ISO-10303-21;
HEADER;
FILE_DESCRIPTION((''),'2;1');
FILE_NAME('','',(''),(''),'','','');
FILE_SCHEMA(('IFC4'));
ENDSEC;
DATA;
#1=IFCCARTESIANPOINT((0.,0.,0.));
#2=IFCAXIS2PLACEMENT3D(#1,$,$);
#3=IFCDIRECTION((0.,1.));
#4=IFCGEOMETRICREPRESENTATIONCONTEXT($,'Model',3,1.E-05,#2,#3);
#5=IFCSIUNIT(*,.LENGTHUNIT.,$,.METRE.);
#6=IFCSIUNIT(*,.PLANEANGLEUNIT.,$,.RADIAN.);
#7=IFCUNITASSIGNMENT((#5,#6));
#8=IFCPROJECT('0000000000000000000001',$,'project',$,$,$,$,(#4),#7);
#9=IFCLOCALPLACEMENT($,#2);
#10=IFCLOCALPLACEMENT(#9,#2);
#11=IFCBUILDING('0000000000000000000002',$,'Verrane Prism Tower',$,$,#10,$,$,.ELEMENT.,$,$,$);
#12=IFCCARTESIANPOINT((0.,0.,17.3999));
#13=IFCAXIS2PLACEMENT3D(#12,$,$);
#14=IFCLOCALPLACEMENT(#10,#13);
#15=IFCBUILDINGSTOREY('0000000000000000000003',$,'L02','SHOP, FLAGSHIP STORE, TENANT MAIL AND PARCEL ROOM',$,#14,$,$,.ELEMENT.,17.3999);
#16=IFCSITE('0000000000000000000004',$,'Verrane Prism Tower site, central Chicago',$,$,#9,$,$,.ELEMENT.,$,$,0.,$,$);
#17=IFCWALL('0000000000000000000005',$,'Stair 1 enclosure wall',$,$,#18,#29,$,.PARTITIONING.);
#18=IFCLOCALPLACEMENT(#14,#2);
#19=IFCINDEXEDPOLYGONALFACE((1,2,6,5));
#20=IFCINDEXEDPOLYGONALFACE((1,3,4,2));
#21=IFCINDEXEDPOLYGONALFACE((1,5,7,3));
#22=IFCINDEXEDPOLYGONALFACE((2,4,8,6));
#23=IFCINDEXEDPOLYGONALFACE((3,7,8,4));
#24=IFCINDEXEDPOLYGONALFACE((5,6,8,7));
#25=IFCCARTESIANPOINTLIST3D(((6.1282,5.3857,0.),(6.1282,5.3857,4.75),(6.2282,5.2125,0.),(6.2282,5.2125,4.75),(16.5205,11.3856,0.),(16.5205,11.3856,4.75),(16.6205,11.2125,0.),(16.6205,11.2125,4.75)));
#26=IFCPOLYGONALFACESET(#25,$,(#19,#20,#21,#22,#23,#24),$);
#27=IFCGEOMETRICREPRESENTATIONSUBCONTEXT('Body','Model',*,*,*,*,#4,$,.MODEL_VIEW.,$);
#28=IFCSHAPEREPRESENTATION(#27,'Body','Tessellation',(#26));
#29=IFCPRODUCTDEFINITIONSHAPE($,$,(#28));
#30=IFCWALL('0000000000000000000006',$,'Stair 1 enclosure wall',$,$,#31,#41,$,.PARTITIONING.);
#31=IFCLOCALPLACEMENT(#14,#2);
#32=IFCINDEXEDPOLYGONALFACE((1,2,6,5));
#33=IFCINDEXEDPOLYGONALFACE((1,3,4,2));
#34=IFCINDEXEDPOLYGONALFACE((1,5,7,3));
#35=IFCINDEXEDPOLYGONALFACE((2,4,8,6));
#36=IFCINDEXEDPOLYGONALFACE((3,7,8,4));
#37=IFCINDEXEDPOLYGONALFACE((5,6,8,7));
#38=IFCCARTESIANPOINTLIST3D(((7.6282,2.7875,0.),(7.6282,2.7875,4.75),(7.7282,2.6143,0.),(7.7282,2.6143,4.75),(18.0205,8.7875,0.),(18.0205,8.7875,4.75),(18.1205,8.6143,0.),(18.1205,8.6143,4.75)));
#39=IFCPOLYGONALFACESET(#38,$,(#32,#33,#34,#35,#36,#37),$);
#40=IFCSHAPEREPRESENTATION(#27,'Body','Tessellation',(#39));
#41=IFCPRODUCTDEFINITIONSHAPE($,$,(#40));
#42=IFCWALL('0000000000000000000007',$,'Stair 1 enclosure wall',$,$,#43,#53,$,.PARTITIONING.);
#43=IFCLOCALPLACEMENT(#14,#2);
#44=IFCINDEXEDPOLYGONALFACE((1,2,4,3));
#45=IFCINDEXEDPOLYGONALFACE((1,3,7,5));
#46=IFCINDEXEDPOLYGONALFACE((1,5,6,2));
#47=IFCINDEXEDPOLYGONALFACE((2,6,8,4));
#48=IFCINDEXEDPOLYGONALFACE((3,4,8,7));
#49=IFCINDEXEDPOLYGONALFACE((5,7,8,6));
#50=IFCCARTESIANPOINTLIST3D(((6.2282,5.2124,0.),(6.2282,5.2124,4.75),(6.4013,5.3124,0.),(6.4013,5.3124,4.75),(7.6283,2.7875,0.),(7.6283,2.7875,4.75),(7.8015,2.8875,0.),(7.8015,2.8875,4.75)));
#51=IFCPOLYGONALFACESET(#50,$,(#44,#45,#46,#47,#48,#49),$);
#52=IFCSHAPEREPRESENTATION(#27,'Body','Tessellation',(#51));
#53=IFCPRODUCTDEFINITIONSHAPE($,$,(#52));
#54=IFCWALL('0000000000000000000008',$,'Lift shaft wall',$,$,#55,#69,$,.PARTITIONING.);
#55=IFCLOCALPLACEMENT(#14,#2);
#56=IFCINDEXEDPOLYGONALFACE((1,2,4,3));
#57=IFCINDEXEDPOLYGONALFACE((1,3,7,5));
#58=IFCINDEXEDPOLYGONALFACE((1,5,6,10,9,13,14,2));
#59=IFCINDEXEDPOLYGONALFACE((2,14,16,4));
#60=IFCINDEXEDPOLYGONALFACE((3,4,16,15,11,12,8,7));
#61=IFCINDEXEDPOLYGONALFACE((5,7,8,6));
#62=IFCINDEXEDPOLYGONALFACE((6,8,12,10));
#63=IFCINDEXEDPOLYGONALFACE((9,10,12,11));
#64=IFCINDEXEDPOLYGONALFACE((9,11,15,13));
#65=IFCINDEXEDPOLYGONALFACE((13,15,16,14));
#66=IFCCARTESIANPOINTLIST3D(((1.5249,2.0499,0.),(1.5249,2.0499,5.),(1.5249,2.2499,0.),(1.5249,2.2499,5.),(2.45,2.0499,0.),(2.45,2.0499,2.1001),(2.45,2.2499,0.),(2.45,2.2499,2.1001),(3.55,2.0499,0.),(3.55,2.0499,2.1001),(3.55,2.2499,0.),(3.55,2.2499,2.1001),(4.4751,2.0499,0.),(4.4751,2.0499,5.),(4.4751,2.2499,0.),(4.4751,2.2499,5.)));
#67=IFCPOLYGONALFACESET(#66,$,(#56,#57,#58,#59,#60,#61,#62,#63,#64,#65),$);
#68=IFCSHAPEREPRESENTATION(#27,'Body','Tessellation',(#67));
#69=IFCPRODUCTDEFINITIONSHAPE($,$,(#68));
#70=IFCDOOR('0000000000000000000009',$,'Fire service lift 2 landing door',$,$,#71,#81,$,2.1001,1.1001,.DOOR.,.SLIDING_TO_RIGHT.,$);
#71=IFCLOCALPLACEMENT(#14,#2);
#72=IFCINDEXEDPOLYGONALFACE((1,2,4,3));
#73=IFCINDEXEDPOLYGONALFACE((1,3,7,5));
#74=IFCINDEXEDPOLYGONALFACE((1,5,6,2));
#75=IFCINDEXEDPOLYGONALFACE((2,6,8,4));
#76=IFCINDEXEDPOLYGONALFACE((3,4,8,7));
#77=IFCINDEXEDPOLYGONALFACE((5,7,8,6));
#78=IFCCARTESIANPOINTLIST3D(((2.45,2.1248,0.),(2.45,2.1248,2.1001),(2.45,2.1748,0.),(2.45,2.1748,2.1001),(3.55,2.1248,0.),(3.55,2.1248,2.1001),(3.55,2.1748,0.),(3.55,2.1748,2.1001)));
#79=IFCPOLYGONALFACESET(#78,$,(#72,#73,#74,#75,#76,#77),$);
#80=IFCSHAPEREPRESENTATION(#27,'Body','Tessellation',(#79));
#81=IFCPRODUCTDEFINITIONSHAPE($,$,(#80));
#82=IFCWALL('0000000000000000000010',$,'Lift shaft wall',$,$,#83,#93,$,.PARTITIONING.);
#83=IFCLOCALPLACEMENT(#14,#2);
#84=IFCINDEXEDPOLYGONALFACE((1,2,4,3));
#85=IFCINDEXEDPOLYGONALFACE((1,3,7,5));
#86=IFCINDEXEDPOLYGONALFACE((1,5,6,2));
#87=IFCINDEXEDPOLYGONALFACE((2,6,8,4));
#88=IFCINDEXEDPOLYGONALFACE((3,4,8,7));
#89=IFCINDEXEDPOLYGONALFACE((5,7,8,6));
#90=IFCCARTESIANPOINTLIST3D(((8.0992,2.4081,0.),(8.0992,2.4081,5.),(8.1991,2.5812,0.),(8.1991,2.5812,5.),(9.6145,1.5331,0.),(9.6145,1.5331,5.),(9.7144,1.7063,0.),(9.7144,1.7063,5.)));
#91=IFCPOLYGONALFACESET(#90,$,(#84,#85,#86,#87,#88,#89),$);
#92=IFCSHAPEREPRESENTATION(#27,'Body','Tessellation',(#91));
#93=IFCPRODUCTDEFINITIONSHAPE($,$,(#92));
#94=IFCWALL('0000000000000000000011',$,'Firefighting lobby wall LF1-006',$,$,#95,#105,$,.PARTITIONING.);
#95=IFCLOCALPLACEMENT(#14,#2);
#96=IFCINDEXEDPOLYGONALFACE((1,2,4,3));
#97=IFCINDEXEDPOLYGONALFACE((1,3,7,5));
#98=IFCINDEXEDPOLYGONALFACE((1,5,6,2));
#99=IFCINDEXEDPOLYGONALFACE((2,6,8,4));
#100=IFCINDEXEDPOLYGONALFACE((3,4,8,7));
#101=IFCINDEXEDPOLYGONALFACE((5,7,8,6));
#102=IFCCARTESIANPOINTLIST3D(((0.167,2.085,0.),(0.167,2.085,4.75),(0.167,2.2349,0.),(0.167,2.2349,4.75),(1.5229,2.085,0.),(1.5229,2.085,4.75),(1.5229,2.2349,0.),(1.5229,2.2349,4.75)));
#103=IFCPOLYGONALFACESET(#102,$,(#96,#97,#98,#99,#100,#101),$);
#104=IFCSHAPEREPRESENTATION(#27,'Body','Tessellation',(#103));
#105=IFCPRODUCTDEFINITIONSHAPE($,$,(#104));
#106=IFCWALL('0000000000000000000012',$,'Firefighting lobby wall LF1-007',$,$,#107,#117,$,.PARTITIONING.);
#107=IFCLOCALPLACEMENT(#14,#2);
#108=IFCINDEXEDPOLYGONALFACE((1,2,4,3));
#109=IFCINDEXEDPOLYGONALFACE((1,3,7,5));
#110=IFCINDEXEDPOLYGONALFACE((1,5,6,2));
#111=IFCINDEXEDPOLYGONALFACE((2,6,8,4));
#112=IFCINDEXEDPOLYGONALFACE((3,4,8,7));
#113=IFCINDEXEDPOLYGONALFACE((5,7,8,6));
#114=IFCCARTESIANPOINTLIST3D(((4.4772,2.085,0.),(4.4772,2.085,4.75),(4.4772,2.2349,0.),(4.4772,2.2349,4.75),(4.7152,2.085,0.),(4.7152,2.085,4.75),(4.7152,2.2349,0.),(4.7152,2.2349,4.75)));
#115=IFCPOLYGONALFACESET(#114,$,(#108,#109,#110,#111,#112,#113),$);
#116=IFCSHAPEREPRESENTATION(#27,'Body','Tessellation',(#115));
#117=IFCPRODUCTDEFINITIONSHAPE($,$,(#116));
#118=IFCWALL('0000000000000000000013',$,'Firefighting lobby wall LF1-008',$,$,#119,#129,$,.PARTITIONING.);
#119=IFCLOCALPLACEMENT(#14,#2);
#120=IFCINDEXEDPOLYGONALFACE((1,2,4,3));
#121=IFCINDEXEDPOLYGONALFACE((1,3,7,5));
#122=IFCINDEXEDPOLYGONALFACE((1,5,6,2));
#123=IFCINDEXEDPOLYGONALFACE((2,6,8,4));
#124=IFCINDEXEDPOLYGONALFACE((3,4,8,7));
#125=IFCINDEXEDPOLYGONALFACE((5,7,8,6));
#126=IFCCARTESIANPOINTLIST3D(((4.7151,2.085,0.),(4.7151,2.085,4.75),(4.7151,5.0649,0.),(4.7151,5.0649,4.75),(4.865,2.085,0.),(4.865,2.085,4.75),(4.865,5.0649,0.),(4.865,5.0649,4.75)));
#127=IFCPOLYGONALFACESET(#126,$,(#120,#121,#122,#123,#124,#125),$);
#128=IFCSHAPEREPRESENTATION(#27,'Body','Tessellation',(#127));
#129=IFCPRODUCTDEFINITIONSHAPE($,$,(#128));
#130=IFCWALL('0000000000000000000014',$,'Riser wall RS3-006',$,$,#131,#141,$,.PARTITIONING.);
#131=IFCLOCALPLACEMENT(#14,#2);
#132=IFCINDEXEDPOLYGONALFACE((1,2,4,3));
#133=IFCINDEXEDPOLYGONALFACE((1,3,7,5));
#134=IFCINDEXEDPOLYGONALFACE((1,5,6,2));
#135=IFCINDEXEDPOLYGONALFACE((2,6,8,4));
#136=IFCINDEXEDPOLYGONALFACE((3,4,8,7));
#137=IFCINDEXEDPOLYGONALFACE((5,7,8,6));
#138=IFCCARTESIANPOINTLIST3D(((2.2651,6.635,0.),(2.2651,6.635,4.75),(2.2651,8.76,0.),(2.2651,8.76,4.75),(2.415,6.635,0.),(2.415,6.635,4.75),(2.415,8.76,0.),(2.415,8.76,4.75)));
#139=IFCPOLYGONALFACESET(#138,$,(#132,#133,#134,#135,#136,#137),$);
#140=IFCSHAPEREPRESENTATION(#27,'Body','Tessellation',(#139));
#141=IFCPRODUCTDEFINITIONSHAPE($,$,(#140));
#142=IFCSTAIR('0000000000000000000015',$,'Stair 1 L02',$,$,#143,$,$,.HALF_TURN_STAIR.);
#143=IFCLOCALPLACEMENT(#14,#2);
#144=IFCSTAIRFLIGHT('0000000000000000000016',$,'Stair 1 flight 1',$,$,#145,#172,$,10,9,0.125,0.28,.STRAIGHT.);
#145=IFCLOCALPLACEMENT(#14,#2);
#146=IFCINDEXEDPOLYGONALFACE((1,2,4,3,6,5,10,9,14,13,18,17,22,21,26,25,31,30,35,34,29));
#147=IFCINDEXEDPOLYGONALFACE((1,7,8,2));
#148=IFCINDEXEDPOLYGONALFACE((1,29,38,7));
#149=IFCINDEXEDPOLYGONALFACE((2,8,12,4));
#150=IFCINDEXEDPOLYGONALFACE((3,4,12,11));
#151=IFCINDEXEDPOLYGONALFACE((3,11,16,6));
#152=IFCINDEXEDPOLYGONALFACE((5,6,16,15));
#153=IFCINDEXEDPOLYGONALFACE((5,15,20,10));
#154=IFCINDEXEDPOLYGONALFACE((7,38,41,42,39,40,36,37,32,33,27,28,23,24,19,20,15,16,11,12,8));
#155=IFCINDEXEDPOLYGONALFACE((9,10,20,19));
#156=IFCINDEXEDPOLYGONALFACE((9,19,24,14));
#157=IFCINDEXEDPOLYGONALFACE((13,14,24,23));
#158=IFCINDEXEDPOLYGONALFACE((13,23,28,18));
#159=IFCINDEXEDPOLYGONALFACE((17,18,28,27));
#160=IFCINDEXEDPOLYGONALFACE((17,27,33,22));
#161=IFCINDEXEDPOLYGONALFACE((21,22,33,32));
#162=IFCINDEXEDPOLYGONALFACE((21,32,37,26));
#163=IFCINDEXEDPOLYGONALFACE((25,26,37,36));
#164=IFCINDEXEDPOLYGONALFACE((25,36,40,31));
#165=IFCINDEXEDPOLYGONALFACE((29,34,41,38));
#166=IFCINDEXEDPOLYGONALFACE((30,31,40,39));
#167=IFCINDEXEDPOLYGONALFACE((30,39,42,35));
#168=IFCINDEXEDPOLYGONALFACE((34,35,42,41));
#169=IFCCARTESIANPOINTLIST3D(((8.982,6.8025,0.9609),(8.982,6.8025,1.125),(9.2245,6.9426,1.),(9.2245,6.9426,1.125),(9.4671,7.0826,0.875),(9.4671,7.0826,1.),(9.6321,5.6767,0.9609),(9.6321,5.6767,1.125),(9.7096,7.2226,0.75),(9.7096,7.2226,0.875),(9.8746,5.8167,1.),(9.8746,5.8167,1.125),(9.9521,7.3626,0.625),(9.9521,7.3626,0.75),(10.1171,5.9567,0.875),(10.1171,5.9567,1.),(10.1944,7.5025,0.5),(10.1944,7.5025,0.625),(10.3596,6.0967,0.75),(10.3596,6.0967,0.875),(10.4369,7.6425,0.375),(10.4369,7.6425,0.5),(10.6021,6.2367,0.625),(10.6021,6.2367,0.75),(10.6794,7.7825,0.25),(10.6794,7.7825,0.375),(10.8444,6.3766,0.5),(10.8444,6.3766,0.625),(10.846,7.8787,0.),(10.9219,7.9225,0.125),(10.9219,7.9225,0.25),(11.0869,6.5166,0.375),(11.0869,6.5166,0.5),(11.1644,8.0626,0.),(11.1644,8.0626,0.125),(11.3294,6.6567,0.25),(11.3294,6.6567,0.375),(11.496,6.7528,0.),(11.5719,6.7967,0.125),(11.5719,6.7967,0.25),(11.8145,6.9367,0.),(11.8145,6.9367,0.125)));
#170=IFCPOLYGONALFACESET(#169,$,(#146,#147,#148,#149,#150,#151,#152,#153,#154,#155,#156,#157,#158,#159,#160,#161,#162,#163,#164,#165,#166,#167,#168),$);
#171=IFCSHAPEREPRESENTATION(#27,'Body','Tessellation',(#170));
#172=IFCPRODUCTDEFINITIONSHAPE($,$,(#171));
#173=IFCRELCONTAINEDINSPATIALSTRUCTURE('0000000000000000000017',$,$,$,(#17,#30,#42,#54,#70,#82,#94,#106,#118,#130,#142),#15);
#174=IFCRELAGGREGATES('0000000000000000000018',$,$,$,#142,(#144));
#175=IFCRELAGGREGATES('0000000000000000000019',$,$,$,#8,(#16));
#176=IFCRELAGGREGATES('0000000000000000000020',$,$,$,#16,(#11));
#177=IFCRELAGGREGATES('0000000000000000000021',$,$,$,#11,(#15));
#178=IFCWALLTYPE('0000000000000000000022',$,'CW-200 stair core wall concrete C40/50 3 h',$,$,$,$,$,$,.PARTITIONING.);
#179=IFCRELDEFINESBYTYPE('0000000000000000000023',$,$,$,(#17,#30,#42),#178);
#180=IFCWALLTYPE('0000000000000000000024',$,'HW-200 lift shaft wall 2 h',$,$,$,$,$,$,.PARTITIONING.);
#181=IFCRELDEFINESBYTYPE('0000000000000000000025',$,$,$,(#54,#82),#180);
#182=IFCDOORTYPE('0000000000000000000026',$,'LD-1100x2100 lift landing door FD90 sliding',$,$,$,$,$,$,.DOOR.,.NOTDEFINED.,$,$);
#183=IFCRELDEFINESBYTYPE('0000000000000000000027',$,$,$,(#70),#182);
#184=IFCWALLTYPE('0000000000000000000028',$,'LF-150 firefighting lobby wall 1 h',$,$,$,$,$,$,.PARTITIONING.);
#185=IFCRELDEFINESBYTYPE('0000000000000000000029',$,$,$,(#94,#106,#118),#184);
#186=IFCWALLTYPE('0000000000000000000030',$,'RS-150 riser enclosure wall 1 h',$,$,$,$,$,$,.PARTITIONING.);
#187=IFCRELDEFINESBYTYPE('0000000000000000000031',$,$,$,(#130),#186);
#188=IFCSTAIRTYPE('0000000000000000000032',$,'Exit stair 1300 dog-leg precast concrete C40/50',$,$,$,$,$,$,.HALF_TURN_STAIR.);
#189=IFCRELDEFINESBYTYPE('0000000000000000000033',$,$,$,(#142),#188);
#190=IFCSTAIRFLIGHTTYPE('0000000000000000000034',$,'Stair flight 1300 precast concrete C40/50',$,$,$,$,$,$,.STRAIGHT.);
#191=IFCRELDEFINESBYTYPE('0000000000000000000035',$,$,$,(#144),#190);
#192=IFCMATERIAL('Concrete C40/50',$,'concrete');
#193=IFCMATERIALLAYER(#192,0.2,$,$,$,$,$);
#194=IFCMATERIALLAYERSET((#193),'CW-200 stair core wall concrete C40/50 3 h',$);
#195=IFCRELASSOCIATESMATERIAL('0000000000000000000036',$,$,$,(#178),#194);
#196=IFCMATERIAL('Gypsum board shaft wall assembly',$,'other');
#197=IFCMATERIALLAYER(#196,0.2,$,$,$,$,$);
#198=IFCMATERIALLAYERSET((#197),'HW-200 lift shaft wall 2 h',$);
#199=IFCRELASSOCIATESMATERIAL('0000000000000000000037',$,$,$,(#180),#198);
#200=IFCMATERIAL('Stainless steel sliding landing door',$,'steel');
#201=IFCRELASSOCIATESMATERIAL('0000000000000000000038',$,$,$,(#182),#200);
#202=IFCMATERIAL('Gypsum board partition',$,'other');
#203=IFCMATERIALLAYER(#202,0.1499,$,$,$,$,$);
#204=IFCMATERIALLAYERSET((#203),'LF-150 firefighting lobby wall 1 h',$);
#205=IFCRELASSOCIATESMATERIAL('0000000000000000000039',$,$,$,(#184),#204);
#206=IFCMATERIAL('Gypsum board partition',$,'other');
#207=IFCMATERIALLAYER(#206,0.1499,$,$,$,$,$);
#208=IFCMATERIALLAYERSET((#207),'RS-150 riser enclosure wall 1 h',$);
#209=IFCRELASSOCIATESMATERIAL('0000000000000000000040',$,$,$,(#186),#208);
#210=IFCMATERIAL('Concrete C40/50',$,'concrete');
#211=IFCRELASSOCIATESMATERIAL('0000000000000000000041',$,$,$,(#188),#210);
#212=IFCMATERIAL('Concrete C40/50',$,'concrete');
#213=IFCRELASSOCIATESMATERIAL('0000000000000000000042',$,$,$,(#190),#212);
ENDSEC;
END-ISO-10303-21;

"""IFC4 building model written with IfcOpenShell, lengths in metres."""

from ifc_helpers import new_model, si_unit, direction, frame, frame_2d, origin, place, context, subcontext, project, spatial, polyline, rectangle, outline, extrude, material, layer, layer_set, type_object, element, fill, aggregate, save


model = new_model("IFC4")

# Units and contexts
model_context = context("Model", 3, precision=1e-05, world=origin(), true_north=direction((0.0, 1.0)))
body_context = subcontext(model_context, "Body", "Model", "MODEL_VIEW")
ifc_project = project(units=[si_unit("LENGTHUNIT", "METRE"), si_unit("PLANEANGLEUNIT", "RADIAN")], contexts=[model_context])

# Site, building, storey
site_placement = place(None, origin())
site = spatial("IfcSite", under=ifc_project, at=site_placement, Name="Verrane Prism Tower site, central Chicago", CompositionType="ELEMENT", RefElevation=0.0)
building_placement = place(site_placement, origin())
building = spatial("IfcBuilding", under=site, at=building_placement, Name="Verrane Prism Tower", CompositionType="ELEMENT")
storey_placement = place(building_placement, frame((0.0, 0.0, 17.3999)))
storey = spatial("IfcBuildingStorey", under=building, at=storey_placement, Name="L02", Description="SHOP, FLAGSHIP STORE, TENANT MAIL AND PARCEL ROOM", CompositionType="ELEMENT", Elevation=17.3999)

# Walls
ifc_material_1 = material(Name="Concrete C40/50", Category="concrete")
ifc_layer_1 = layer(ifc_material_1, 0.2)
ifc_layer_set_1 = layer_set([ifc_layer_1], Name="CW-200 stair core wall concrete C40/50 3 h")
wall_type_1 = type_object("IfcWallType", Name="CW-200 stair core wall concrete C40/50 3 h", PredefinedType="PARTITIONING", material=ifc_layer_set_1)
for number, where, z_axis, x_axis, name in (
    (1, (6.1782, 5.2991, 0.0), (0.0, 0.0, 1.0), (0.866026, 0.499999, 0.0), "Stair 1 enclosure wall"),
    (2, (7.6782, 2.7009, 0.0), (0.0, 0.0, 1.0), (0.866026, 0.499999, 0.0), "Stair 1 enclosure wall"),
):
    element("IfcWall", number, at=place(storey_placement, frame(where, z_axis=z_axis, x_axis=x_axis)), inside=storey, type_object=wall_type_1, Name=name, PredefinedType="PARTITIONING", context=body_context, shape_type="SweptSolid", body=[
        extrude(rectangle(XDim=12.0, YDim=0.2, at=frame_2d((6.0, 0.0))), origin(), (0.0, 0.0, 1.0), 4.75),
    ])
wall_1_placement = place(storey_placement, frame((7.7148, 2.8376, 0.0), z_axis=(0.0, 0.0, 1.0), x_axis=(-0.50005, 0.865997, 0.0)))
element("IfcWall", 3, at=wall_1_placement, inside=storey, type_object=wall_type_1, Name="Stair 1 enclosure wall", PredefinedType="PARTITIONING", context=body_context, shape_type="SweptSolid", body=[
    extrude(rectangle(XDim=2.8, YDim=0.2, at=frame_2d((1.3999, 0.0))), origin(), (0.0, 0.0, 1.0), 4.75),
])

# Wall, opening, door
ifc_material_2 = material(Name="Gypsum board shaft wall assembly", Category="other")
ifc_layer_2 = layer(ifc_material_2, 0.2)
ifc_layer_set_2 = layer_set([ifc_layer_2], Name="HW-200 lift shaft wall 2 h")
wall_type_2 = type_object("IfcWallType", Name="HW-200 lift shaft wall 2 h", PredefinedType="PARTITIONING", material=ifc_layer_set_2)
wall_2_placement = place(storey_placement, frame((1.5249, 2.1499, 0.0), z_axis=(0.0, 0.0, 1.0), x_axis=(1.0, 0.0, 0.0)))
wall_2 = element("IfcWall", 4, at=wall_2_placement, inside=storey, type_object=wall_type_2, Name="Lift shaft wall", PredefinedType="PARTITIONING", context=body_context, shape_type="SweptSolid", body=[
    extrude(rectangle(XDim=2.9502, YDim=0.2, at=frame_2d((1.4751, 0.0))), origin(), (0.0, 0.0, 1.0), 5.0),
])
opening_1_placement = place(wall_2_placement, frame((0.925, 0.0, 0.0)))
opening_1 = element("IfcOpeningElement", 5, at=opening_1_placement, cuts=wall_2, PredefinedType="OPENING", context=body_context, shape_type="SweptSolid", body=[
    extrude(rectangle(XDim=1.1001, YDim=2.1001, at=frame_2d((0.55, 1.05))), frame((0.0, 0.1099, 0.0), z_axis=(0.0, -1.0, 0.0), x_axis=(1.0, 0.0, 0.0)), (0.0, 0.0, 1.0), 0.22),
])
ifc_material_3 = material(Name="Stainless steel sliding landing door", Category="steel")
door_type_1 = type_object("IfcDoorType", Name="LD-1100x2100 lift landing door FD90 sliding", OperationType="NOTDEFINED", PredefinedType="DOOR", material=ifc_material_3)
door_1_placement = place(opening_1_placement, origin())
door_1 = element("IfcDoor", 6, at=door_1_placement, inside=storey, type_object=door_type_1, Name="Fire service lift 2 landing door", OperationType="SLIDING_TO_RIGHT", OverallHeight=2.1001, OverallWidth=1.1001, PredefinedType="DOOR", context=body_context, shape_type="SweptSolid", body=[
    extrude(rectangle(XDim=1.1001, YDim=2.1001, at=frame_2d((0.55, 1.05))), frame((0.0, 0.0249, 0.0), z_axis=(0.0, -1.0, 0.0), x_axis=(1.0, 0.0, 0.0)), (0.0, 0.0, 1.0), 0.05),
])
fill(opening_1, door_1)

# Walls
wall_3_placement = place(storey_placement, frame((9.6646, 1.6196, 0.0), z_axis=(0.0, 0.0, 1.0), x_axis=(-0.866002, 0.50004, 0.0)))
element("IfcWall", 7, at=wall_3_placement, inside=storey, type_object=wall_type_2, Name="Lift shaft wall", PredefinedType="PARTITIONING", context=body_context, shape_type="SweptSolid", body=[
    extrude(rectangle(XDim=1.7498, YDim=0.2, at=frame_2d((0.875, 0.0))), origin(), (0.0, 0.0, 1.0), 5.0),
])
ifc_material_4 = material(Name="Gypsum board partition", Category="other")
ifc_layer_3 = layer(ifc_material_4, 0.1499)
ifc_layer_set_3 = layer_set([ifc_layer_3], Name="LF-150 firefighting lobby wall 1 h")
wall_type_3 = type_object("IfcWallType", Name="LF-150 firefighting lobby wall 1 h", PredefinedType="PARTITIONING", material=ifc_layer_set_3)
wall_4_placement = place(storey_placement, frame((0.167, 2.1599, 0.0), z_axis=(0.0, 0.0, 1.0), x_axis=(1.0, 0.0, 0.0)))
element("IfcWall", 8, at=wall_4_placement, inside=storey, type_object=wall_type_3, Name="Firefighting lobby wall LF1-006", PredefinedType="PARTITIONING", context=body_context, shape_type="SweptSolid", body=[
    extrude(rectangle(XDim=1.356, YDim=0.1499, at=frame_2d((0.678, 0.0))), origin(), (0.0, 0.0, 1.0), 4.75),
])
wall_5_placement = place(storey_placement, frame((4.4771, 2.1599, 0.0), z_axis=(0.0, 0.0, 1.0), x_axis=(1.0, 0.0, 0.0)))
element("IfcWall", 9, at=wall_5_placement, inside=storey, type_object=wall_type_3, Name="Firefighting lobby wall LF1-007", PredefinedType="PARTITIONING", context=body_context, shape_type="SweptSolid", body=[
    extrude(rectangle(XDim=0.238, YDim=0.1499, at=frame_2d((0.1191, 0.0))), origin(), (0.0, 0.0, 1.0), 4.75),
])
wall_6_placement = place(storey_placement, frame((4.79, 2.085, 0.0), z_axis=(0.0, 0.0, 1.0), x_axis=(0.0, 1.0, 0.0)))
element("IfcWall", 10, at=wall_6_placement, inside=storey, type_object=wall_type_3, Name="Firefighting lobby wall LF1-008", PredefinedType="PARTITIONING", context=body_context, shape_type="SweptSolid", body=[
    extrude(rectangle(XDim=2.98, YDim=0.1499, at=frame_2d((1.49, 0.0))), origin(), (0.0, 0.0, 1.0), 4.75),
])
ifc_material_5 = material(Name="Gypsum board partition", Category="other")
ifc_layer_4 = layer(ifc_material_5, 0.1499)
ifc_layer_set_4 = layer_set([ifc_layer_4], Name="RS-150 riser enclosure wall 1 h")
wall_type_4 = type_object("IfcWallType", Name="RS-150 riser enclosure wall 1 h", PredefinedType="PARTITIONING", material=ifc_layer_set_4)
wall_7_placement = place(storey_placement, frame((2.3401, 6.635, 0.0), z_axis=(0.0, 0.0, 1.0), x_axis=(0.0, 1.0, 0.0)))
element("IfcWall", 11, at=wall_7_placement, inside=storey, type_object=wall_type_4, Name="Riser wall RS3-006", PredefinedType="PARTITIONING", context=body_context, shape_type="SweptSolid", body=[
    extrude(rectangle(XDim=2.125, YDim=0.1499, at=frame_2d((1.0625, 0.0))), origin(), (0.0, 0.0, 1.0), 4.75),
])

# Stair, stair flight
ifc_material_6 = material(Name="Concrete C40/50", Category="concrete")
stair_type = type_object("IfcStairType", Name="Exit stair 1300 dog-leg precast concrete C40/50", PredefinedType="HALF_TURN_STAIR", material=ifc_material_6)
stair_placement = place(storey_placement, origin())
stair = element("IfcStair", 12, at=stair_placement, inside=storey, type_object=stair_type, Name="Stair 1 L02", PredefinedType="HALF_TURN_STAIR")
ifc_material_7 = material(Name="Concrete C40/50", Category="concrete")
stair_flight_type = type_object("IfcStairFlightType", Name="Stair flight 1300 precast concrete C40/50", PredefinedType="STRAIGHT", material=ifc_material_7)
stair_flight_1_placement = place(storey_placement, frame((11.4895, 7.4995, 0.0), z_axis=(0.0, 0.0, 1.0), x_axis=(-0.866025, -0.5, 0.0)))
stair_flight_1 = element("IfcStairFlight", 13, at=stair_flight_1_placement, type_object=stair_flight_type, Name="Stair 1 flight 1", NumberOfRisers=10, NumberOfTreads=9, PredefinedType="STRAIGHT", RiserHeight=0.125, TreadLength=0.28, context=body_context, shape_type="SweptSolid", body=[
    extrude(outline(polyline([(0.0, 0.0), (0.0, 0.125), (0.28, 0.125), (0.28, 0.25), (0.5601, 0.25), (0.5601, 0.375), (0.8401, 0.375), (0.8401, 0.5), (1.1201, 0.5), (1.1201, 0.625), (1.3999, 0.625), (1.3999, 0.75), (1.6799, 0.75), (1.6799, 0.875), (1.96, 0.875), (1.96, 1.0), (2.24, 1.0), (2.24, 1.125), (2.52, 1.125), (2.52, 1.25), (2.52, 0.9609), (0.3677, 0.0), (0.0, 0.0)])), frame((0.0, 0.6499, 0.0), z_axis=(0.0, -1.0, 0.0), x_axis=(1.0, 0.0, 0.0)), (0.0, 0.0, 1.0), 1.3),
])
aggregate(stair, [stair_flight_1])

save(model, "model.ifc")
